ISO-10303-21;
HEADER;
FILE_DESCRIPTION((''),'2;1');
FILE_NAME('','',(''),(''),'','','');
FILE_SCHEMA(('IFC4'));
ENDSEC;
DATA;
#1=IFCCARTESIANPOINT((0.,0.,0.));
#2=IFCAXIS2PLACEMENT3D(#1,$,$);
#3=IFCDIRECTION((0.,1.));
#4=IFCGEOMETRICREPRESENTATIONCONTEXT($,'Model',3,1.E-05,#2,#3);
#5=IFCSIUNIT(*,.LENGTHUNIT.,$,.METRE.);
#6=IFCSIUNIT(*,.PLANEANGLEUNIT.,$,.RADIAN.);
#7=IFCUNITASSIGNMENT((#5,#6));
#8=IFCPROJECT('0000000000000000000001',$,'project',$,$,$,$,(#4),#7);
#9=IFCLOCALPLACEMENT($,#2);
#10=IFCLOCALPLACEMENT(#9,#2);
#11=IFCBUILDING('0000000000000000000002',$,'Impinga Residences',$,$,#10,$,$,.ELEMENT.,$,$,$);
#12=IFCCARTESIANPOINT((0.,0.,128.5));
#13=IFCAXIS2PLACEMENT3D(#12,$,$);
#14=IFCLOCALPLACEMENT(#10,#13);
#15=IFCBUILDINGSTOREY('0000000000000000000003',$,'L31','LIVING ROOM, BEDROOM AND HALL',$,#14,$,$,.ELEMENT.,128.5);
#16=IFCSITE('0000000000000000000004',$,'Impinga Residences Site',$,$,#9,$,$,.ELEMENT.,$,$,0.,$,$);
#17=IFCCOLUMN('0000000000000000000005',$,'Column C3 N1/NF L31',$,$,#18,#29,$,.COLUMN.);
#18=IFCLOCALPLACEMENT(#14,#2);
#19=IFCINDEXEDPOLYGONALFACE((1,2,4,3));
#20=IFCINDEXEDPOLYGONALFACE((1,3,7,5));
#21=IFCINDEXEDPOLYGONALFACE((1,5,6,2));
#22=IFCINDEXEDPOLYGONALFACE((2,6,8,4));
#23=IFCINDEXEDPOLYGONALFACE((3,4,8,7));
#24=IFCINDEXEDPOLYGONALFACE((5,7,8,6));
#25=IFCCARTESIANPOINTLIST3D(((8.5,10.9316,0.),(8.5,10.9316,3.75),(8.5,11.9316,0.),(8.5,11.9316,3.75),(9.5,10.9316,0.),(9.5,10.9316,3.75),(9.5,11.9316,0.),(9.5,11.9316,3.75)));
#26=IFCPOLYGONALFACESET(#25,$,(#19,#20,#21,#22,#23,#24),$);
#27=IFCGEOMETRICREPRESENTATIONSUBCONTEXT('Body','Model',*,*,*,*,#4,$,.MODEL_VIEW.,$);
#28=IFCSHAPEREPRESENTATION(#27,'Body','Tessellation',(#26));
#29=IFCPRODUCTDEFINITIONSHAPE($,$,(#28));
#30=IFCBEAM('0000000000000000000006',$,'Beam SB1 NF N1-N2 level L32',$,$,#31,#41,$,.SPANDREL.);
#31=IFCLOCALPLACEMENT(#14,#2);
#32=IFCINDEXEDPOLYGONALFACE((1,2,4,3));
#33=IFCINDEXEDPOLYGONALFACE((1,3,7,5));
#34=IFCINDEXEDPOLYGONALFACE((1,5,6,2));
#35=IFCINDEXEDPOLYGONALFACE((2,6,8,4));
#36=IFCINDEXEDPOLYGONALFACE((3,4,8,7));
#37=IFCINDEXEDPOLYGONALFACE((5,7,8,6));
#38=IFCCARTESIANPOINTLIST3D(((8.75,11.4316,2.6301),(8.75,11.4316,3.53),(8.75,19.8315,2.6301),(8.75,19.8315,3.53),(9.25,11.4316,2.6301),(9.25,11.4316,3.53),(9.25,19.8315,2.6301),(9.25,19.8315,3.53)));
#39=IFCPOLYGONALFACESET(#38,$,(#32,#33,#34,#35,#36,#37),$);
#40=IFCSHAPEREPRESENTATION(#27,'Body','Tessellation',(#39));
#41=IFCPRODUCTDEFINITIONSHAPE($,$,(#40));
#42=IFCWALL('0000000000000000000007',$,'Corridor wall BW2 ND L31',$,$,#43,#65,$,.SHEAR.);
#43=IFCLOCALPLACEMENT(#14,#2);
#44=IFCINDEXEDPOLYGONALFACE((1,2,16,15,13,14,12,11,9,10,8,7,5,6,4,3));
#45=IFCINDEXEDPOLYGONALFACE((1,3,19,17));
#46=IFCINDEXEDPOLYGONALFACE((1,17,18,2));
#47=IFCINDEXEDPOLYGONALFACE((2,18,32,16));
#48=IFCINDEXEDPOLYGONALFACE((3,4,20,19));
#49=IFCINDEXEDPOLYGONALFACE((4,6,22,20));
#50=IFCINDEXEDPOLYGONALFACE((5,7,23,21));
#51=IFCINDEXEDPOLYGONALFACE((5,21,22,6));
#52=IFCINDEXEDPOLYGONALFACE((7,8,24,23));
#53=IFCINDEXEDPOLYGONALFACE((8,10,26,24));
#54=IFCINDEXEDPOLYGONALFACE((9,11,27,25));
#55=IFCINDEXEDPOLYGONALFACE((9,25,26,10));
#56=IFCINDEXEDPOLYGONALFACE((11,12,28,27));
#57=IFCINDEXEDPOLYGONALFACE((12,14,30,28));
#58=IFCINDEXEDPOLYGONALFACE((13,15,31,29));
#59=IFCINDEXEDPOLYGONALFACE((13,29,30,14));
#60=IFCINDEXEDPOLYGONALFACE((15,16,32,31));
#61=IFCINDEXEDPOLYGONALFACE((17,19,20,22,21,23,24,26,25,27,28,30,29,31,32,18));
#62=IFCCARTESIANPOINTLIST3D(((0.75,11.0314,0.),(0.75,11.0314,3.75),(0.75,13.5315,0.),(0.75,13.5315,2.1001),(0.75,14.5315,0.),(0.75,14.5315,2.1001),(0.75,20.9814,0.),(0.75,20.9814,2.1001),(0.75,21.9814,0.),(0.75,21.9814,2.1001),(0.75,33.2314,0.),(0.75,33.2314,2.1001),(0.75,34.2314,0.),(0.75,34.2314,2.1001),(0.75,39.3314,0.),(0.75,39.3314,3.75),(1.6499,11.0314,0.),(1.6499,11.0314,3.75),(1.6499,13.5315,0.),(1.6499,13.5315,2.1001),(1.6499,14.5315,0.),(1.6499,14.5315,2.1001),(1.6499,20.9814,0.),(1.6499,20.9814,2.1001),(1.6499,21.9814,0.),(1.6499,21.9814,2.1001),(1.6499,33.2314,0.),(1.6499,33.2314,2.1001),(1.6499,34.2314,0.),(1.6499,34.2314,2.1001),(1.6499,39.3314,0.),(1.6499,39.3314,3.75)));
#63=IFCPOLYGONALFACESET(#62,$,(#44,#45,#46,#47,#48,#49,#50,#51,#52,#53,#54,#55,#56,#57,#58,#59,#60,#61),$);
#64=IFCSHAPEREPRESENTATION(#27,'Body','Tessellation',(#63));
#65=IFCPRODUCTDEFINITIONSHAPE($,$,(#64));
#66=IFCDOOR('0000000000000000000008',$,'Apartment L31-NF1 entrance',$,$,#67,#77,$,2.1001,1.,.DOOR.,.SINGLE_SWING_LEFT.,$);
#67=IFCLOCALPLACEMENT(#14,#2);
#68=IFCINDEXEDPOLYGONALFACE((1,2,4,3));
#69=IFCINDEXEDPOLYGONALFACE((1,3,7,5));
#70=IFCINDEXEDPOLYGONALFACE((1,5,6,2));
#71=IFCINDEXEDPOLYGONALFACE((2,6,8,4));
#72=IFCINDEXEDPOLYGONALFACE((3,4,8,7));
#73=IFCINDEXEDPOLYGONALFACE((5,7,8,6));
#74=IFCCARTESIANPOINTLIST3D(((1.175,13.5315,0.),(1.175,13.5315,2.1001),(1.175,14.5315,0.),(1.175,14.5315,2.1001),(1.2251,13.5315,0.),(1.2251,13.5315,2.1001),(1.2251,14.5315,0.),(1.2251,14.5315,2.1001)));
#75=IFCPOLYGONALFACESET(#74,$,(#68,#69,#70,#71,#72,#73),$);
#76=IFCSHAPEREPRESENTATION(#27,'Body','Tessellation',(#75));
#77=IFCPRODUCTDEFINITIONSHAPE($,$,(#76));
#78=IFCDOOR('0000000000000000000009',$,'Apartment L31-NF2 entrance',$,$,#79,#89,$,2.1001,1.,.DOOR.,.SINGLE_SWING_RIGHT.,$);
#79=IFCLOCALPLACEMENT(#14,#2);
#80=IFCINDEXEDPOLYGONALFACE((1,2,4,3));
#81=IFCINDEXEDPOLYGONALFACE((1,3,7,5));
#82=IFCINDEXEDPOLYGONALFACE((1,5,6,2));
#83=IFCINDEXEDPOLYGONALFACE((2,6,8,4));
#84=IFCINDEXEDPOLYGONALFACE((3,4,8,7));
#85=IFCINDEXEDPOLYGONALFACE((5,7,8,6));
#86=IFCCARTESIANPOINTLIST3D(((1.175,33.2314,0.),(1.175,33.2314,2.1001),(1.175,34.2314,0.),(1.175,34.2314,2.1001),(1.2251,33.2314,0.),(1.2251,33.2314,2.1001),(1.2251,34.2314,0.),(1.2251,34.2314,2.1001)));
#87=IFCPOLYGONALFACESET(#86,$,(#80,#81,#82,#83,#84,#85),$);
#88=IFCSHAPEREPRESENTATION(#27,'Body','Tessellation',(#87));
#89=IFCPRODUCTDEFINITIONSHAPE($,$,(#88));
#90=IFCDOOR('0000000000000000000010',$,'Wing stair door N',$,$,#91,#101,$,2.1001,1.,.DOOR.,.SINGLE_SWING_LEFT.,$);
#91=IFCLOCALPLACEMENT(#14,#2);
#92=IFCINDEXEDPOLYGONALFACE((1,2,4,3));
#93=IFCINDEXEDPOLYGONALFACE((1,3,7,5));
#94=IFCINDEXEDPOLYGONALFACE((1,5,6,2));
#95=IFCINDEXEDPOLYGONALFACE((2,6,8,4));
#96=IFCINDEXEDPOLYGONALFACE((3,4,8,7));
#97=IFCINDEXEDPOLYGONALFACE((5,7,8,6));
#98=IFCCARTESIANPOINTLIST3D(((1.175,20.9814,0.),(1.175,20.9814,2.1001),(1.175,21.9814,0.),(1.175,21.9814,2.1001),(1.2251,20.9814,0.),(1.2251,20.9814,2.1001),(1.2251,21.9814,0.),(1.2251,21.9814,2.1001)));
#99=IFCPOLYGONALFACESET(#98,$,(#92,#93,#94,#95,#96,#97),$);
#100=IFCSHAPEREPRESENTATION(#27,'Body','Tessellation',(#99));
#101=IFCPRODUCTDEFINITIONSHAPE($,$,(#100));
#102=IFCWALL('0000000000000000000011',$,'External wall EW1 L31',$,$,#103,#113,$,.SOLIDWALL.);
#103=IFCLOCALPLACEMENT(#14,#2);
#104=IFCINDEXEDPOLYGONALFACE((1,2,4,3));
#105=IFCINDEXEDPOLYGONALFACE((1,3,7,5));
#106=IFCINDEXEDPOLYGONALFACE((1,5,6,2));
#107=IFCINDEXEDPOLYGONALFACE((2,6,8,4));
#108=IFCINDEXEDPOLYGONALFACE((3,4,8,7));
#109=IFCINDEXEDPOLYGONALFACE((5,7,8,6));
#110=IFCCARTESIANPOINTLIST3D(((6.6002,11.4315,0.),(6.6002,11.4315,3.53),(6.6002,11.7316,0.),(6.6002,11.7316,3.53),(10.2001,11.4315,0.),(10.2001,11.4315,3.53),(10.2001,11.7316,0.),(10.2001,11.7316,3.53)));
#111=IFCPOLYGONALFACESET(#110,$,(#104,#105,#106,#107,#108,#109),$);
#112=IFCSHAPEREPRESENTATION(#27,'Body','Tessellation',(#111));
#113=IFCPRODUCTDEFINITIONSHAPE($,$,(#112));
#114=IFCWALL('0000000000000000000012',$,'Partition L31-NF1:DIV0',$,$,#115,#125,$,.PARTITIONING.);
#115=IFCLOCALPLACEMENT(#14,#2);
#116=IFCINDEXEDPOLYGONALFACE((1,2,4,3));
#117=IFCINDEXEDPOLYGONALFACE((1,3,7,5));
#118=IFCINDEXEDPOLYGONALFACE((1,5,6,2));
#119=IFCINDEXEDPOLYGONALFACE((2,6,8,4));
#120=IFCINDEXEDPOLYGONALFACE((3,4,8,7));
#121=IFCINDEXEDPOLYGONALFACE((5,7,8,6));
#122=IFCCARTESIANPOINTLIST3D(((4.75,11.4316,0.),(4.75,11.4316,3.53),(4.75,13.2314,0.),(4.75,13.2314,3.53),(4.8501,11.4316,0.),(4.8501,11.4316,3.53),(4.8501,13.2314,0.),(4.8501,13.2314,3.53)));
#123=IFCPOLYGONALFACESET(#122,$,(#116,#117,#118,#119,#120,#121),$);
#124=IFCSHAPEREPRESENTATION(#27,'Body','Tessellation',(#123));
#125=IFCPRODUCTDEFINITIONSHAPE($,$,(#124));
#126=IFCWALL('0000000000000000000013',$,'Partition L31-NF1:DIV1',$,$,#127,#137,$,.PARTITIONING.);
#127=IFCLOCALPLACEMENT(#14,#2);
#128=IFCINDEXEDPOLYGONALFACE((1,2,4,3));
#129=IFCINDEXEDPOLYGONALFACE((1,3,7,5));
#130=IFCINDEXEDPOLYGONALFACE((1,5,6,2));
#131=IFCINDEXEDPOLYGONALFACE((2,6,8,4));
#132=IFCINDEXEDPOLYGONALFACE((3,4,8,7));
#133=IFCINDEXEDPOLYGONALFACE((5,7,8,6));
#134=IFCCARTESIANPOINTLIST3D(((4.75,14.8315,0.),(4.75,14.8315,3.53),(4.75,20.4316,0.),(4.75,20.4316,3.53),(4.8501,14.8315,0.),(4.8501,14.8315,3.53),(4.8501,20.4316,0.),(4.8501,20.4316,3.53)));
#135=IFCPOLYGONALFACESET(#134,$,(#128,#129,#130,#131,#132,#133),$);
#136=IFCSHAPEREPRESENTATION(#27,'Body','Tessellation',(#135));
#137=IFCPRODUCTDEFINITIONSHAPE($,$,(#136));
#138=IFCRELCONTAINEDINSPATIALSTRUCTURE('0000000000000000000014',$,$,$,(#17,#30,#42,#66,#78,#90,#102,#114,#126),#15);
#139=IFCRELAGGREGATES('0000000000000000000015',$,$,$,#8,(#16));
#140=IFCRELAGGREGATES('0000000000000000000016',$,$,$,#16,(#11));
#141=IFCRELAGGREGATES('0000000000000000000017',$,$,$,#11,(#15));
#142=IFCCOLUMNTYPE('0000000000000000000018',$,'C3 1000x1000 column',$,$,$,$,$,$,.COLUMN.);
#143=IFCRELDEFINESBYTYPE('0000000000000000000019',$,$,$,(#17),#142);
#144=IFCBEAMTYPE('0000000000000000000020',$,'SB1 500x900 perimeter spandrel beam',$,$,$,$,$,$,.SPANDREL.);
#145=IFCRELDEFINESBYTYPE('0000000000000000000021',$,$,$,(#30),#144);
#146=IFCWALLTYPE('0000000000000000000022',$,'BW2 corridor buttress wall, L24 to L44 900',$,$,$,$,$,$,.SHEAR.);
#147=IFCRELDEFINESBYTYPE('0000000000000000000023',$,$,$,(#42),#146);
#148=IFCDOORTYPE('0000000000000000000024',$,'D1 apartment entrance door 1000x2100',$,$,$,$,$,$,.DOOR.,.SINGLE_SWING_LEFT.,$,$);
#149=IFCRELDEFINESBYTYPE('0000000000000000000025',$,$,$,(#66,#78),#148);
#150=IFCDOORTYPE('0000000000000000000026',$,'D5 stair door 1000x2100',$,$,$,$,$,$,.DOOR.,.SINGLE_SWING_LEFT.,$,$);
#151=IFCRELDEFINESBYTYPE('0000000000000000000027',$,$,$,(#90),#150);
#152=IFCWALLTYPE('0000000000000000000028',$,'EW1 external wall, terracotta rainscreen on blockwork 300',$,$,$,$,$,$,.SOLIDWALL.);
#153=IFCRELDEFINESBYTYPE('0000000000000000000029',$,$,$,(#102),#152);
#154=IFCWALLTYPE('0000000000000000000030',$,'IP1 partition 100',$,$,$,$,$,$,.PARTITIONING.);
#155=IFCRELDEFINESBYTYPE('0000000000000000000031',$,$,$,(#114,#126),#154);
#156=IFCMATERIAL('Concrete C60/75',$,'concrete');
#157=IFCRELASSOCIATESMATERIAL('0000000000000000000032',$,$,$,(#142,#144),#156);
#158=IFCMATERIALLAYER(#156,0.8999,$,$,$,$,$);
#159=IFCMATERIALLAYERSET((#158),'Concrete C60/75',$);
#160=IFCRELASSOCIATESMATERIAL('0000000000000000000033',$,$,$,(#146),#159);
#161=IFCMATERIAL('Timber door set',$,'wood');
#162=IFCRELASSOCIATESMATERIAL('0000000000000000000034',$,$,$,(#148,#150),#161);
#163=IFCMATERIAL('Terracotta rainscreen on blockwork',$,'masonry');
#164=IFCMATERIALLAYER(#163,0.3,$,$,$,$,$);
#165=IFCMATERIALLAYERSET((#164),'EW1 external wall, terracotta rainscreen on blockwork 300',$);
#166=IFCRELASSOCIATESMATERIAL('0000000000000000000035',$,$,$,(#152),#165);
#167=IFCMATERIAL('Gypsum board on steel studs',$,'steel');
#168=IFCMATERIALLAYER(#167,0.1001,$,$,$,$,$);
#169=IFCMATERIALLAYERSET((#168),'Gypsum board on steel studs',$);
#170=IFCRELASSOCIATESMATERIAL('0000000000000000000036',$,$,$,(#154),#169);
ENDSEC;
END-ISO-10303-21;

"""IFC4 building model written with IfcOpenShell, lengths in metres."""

from ifc_helpers import new_model, si_unit, direction, frame, frame_2d, origin, origin_2d, place, context, subcontext, project, spatial, rectangle, extrude, material, layer, layer_set, material_profile, profile_set, type_object, element, fill, save


model = new_model("IFC4")

# Units and contexts
model_context = context("Model", 3, precision=1e-05, world=origin(), true_north=direction((0.0, 1.0)))
body_context = subcontext(model_context, "Body", "Model", "MODEL_VIEW")
ifc_project = project(units=[si_unit("LENGTHUNIT", "METRE"), si_unit("PLANEANGLEUNIT", "RADIAN")], contexts=[model_context])

# Site, building, storey
site_placement = place(None, origin())
site = spatial("IfcSite", under=ifc_project, at=site_placement, Name="Impinga Residences Site", CompositionType="ELEMENT", RefElevation=0.0)
building_placement = place(site_placement, origin())
building = spatial("IfcBuilding", under=site, at=building_placement, Name="Impinga Residences", CompositionType="ELEMENT")
storey_placement = place(building_placement, frame((0.0, 0.0, 128.5)))
storey = spatial("IfcBuildingStorey", under=building, at=storey_placement, Name="L31", Description="LIVING ROOM, BEDROOM AND HALL", CompositionType="ELEMENT", Elevation=128.5)

# Column
ifc_material_1 = material(Name="Concrete C60/75", Category="concrete")
ifc_material_profile_1 = material_profile(ifc_material_1, rectangle(XDim=1.0, YDim=1.0, at=origin_2d()), Name="RC 1000x1000")
ifc_profile_set_1 = profile_set([ifc_material_profile_1], Name="Concrete C60/75")
column_type = type_object("IfcColumnType", Name="C3 1000x1000 column", PredefinedType="COLUMN", material=ifc_profile_set_1)
column_placement = place(storey_placement, frame((9.0, 11.4316, 0.0), z_axis=(0.0, 0.0, 1.0), x_axis=(1.0, 0.0, 0.0)))
element("IfcColumn", 1, at=column_placement, inside=storey, type_object=column_type, Name="Column C3 N1/NF L31", PredefinedType="COLUMN", context=body_context, shape_type="SweptSolid", body=[
    extrude(rectangle(XDim=1.0, YDim=1.0, at=origin_2d()), origin(), (0.0, 0.0, 1.0), 3.75),
])

# Beam
ifc_material_profile_2 = material_profile(ifc_material_1, rectangle(XDim=0.5, YDim=0.8999, at=origin_2d()), Name="RC 500x900")
ifc_profile_set_2 = profile_set([ifc_material_profile_2], Name="Concrete C60/75")
beam_type = type_object("IfcBeamType", Name="SB1 500x900 perimeter spandrel beam", PredefinedType="SPANDREL", material=ifc_profile_set_2)
beam_placement = place(storey_placement, frame((9.0, 11.4316, 3.0801), z_axis=(0.0, 1.0, 0.0), x_axis=(-1.0, 0.0, 0.0)))
element("IfcBeam", 2, at=beam_placement, inside=storey, type_object=beam_type, Name="Beam SB1 NF N1-N2 level L32", PredefinedType="SPANDREL", context=body_context, shape_type="SweptSolid", body=[
    extrude(rectangle(XDim=0.5, YDim=0.8999, at=origin_2d()), origin(), (0.0, 0.0, 1.0), 8.3999),
])

# Wall, openings, doors
ifc_layer_1 = layer(ifc_material_1, 0.8999)
ifc_layer_set_1 = layer_set([ifc_layer_1], Name="Concrete C60/75")
wall_type_1 = type_object("IfcWallType", Name="BW2 corridor buttress wall, L24 to L44 900", PredefinedType="SHEAR", material=ifc_layer_set_1)
wall_1_placement = place(storey_placement, frame((1.2, 11.0315, 0.0), z_axis=(0.0, 0.0, 1.0), x_axis=(0.0, 1.0, 0.0)))
wall_1 = element("IfcWall", 3, at=wall_1_placement, inside=storey, type_object=wall_type_1, Name="Corridor wall BW2 ND L31", PredefinedType="SHEAR", context=body_context, shape_type="SweptSolid", body=[
    extrude(rectangle(XDim=28.3, YDim=0.8999, at=frame_2d((14.1499, 0.0))), origin(), (0.0, 0.0, 1.0), 3.75),
])
opening_1_placement = place(wall_1_placement, frame((9.95, 0.0, 0.0)))
opening_1 = element("IfcOpeningElement", 4, at=opening_1_placement, cuts=wall_1, PredefinedType="OPENING", context=body_context, shape_type="SweptSolid", body=[
    extrude(rectangle(XDim=1.0, YDim=2.1001, at=frame_2d((0.5, 1.05))), frame((0.0, 0.46, 0.0), z_axis=(0.0, -1.0, 0.0), x_axis=(1.0, 0.0, 0.0)), (0.0, 0.0, 1.0), 0.9199),
])
opening_2_placement = place(wall_1_placement, frame((2.5, 0.0, 0.0)))
opening_2 = element("IfcOpeningElement", 5, at=opening_2_placement, cuts=wall_1, PredefinedType="OPENING", context=body_context, shape_type="SweptSolid", body=[
    extrude(rectangle(XDim=1.0, YDim=2.1001, at=frame_2d((0.5, 1.05))), frame((0.0, 0.46, 0.0), z_axis=(0.0, -1.0, 0.0), x_axis=(1.0, 0.0, 0.0)), (0.0, 0.0, 1.0), 0.9199),
])
opening_3_placement = place(wall_1_placement, frame((22.2, 0.0, 0.0)))
opening_3 = element("IfcOpeningElement", 6, at=opening_3_placement, cuts=wall_1, PredefinedType="OPENING", context=body_context, shape_type="SweptSolid", body=[
    extrude(rectangle(XDim=1.0, YDim=2.1001, at=frame_2d((0.5, 1.05))), frame((0.0, 0.46, 0.0), z_axis=(0.0, -1.0, 0.0), x_axis=(1.0, 0.0, 0.0)), (0.0, 0.0, 1.0), 0.9199),
])
ifc_material_2 = material(Name="Timber door set", Category="wood")
door_type_1 = type_object("IfcDoorType", Name="D1 apartment entrance door 1000x2100", OperationType="SINGLE_SWING_LEFT", PredefinedType="DOOR", material=ifc_material_2)
door_1_placement = place(opening_2_placement, origin())
door_1 = element("IfcDoor", 7, at=door_1_placement, inside=storey, type_object=door_type_1, Name="Apartment L31-NF1 entrance", OperationType="SINGLE_SWING_LEFT", OverallHeight=2.1001, OverallWidth=1.0, PredefinedType="DOOR", context=body_context, shape_type="SweptSolid", body=[
    extrude(rectangle(XDim=1.0, YDim=2.1001, at=frame_2d((0.5, 1.05))), frame((0.0, 0.0249, 0.0), z_axis=(0.0, -1.0, 0.0), x_axis=(1.0, 0.0, 0.0)), (0.0, 0.0, 1.0), 0.05),
])
fill(opening_2, door_1)
door_2_placement = place(opening_3_placement, origin())
door_2 = element("IfcDoor", 8, at=door_2_placement, inside=storey, type_object=door_type_1, Name="Apartment L31-NF2 entrance", OperationType="SINGLE_SWING_RIGHT", OverallHeight=2.1001, OverallWidth=1.0, PredefinedType="DOOR", context=body_context, shape_type="SweptSolid", body=[
    extrude(rectangle(XDim=1.0, YDim=2.1001, at=frame_2d((0.5, 1.05))), frame((0.0, 0.0249, 0.0), z_axis=(0.0, -1.0, 0.0), x_axis=(1.0, 0.0, 0.0)), (0.0, 0.0, 1.0), 0.05),
])
fill(opening_3, door_2)
door_type_2 = type_object("IfcDoorType", Name="D5 stair door 1000x2100", OperationType="SINGLE_SWING_LEFT", PredefinedType="DOOR", material=ifc_material_2)
door_3_placement = place(opening_1_placement, origin())
door_3 = element("IfcDoor", 9, at=door_3_placement, inside=storey, type_object=door_type_2, Name="Wing stair door N", OperationType="SINGLE_SWING_LEFT", OverallHeight=2.1001, OverallWidth=1.0, PredefinedType="DOOR", context=body_context, shape_type="SweptSolid", body=[
    extrude(rectangle(XDim=1.0, YDim=2.1001, at=frame_2d((0.5, 1.05))), frame((0.0, 0.0249, 0.0), z_axis=(0.0, -1.0, 0.0), x_axis=(1.0, 0.0, 0.0)), (0.0, 0.0, 1.0), 0.05),
])
fill(opening_1, door_3)

# Walls
ifc_material_3 = material(Name="Terracotta rainscreen on blockwork", Category="masonry")
ifc_layer_2 = layer(ifc_material_3, 0.3)
ifc_layer_set_2 = layer_set([ifc_layer_2], Name="EW1 external wall, terracotta rainscreen on blockwork 300")
wall_type_2 = type_object("IfcWallType", Name="EW1 external wall, terracotta rainscreen on blockwork 300", PredefinedType="SOLIDWALL", material=ifc_layer_set_2)
wall_2_placement = place(storey_placement, frame((10.2, 11.5815, 0.0), z_axis=(0.0, 0.0, 1.0), x_axis=(-1.0, 0.0, 0.0)))
element("IfcWall", 10, at=wall_2_placement, inside=storey, type_object=wall_type_2, Name="External wall EW1 L31", PredefinedType="SOLIDWALL", context=body_context, shape_type="SweptSolid", body=[
    extrude(rectangle(XDim=3.5999, YDim=0.3, at=frame_2d((1.7998, 0.0))), origin(), (0.0, 0.0, 1.0), 3.53),
])
ifc_material_4 = material(Name="Gypsum board on steel studs", Category="steel")
ifc_layer_3 = layer(ifc_material_4, 0.1001)
ifc_layer_set_3 = layer_set([ifc_layer_3], Name="Gypsum board on steel studs")
wall_type_3 = type_object("IfcWallType", Name="IP1 partition 100", PredefinedType="PARTITIONING", material=ifc_layer_set_3)
wall_3_placement = place(storey_placement, frame((4.8, 11.4316, 0.0), z_axis=(0.0, 0.0, 1.0), x_axis=(0.0, 1.0, 0.0)))
element("IfcWall", 11, at=wall_3_placement, inside=storey, type_object=wall_type_3, Name="Partition L31-NF1:DIV0", PredefinedType="PARTITIONING", context=body_context, shape_type="SweptSolid", body=[
    extrude(rectangle(XDim=1.7998, YDim=0.1001, at=frame_2d((0.8999, 0.0))), origin(), (0.0, 0.0, 1.0), 3.53),
])
wall_4_placement = place(storey_placement, frame((4.8, 14.8315, 0.0), z_axis=(0.0, 0.0, 1.0), x_axis=(0.0, 1.0, 0.0)))
element("IfcWall", 12, at=wall_4_placement, inside=storey, type_object=wall_type_3, Name="Partition L31-NF1:DIV1", PredefinedType="PARTITIONING", context=body_context, shape_type="SweptSolid", body=[
    extrude(rectangle(XDim=5.6001, YDim=0.1001, at=frame_2d((2.8, 0.0))), origin(), (0.0, 0.0, 1.0), 3.53),
])

save(model, "model.ifc")
